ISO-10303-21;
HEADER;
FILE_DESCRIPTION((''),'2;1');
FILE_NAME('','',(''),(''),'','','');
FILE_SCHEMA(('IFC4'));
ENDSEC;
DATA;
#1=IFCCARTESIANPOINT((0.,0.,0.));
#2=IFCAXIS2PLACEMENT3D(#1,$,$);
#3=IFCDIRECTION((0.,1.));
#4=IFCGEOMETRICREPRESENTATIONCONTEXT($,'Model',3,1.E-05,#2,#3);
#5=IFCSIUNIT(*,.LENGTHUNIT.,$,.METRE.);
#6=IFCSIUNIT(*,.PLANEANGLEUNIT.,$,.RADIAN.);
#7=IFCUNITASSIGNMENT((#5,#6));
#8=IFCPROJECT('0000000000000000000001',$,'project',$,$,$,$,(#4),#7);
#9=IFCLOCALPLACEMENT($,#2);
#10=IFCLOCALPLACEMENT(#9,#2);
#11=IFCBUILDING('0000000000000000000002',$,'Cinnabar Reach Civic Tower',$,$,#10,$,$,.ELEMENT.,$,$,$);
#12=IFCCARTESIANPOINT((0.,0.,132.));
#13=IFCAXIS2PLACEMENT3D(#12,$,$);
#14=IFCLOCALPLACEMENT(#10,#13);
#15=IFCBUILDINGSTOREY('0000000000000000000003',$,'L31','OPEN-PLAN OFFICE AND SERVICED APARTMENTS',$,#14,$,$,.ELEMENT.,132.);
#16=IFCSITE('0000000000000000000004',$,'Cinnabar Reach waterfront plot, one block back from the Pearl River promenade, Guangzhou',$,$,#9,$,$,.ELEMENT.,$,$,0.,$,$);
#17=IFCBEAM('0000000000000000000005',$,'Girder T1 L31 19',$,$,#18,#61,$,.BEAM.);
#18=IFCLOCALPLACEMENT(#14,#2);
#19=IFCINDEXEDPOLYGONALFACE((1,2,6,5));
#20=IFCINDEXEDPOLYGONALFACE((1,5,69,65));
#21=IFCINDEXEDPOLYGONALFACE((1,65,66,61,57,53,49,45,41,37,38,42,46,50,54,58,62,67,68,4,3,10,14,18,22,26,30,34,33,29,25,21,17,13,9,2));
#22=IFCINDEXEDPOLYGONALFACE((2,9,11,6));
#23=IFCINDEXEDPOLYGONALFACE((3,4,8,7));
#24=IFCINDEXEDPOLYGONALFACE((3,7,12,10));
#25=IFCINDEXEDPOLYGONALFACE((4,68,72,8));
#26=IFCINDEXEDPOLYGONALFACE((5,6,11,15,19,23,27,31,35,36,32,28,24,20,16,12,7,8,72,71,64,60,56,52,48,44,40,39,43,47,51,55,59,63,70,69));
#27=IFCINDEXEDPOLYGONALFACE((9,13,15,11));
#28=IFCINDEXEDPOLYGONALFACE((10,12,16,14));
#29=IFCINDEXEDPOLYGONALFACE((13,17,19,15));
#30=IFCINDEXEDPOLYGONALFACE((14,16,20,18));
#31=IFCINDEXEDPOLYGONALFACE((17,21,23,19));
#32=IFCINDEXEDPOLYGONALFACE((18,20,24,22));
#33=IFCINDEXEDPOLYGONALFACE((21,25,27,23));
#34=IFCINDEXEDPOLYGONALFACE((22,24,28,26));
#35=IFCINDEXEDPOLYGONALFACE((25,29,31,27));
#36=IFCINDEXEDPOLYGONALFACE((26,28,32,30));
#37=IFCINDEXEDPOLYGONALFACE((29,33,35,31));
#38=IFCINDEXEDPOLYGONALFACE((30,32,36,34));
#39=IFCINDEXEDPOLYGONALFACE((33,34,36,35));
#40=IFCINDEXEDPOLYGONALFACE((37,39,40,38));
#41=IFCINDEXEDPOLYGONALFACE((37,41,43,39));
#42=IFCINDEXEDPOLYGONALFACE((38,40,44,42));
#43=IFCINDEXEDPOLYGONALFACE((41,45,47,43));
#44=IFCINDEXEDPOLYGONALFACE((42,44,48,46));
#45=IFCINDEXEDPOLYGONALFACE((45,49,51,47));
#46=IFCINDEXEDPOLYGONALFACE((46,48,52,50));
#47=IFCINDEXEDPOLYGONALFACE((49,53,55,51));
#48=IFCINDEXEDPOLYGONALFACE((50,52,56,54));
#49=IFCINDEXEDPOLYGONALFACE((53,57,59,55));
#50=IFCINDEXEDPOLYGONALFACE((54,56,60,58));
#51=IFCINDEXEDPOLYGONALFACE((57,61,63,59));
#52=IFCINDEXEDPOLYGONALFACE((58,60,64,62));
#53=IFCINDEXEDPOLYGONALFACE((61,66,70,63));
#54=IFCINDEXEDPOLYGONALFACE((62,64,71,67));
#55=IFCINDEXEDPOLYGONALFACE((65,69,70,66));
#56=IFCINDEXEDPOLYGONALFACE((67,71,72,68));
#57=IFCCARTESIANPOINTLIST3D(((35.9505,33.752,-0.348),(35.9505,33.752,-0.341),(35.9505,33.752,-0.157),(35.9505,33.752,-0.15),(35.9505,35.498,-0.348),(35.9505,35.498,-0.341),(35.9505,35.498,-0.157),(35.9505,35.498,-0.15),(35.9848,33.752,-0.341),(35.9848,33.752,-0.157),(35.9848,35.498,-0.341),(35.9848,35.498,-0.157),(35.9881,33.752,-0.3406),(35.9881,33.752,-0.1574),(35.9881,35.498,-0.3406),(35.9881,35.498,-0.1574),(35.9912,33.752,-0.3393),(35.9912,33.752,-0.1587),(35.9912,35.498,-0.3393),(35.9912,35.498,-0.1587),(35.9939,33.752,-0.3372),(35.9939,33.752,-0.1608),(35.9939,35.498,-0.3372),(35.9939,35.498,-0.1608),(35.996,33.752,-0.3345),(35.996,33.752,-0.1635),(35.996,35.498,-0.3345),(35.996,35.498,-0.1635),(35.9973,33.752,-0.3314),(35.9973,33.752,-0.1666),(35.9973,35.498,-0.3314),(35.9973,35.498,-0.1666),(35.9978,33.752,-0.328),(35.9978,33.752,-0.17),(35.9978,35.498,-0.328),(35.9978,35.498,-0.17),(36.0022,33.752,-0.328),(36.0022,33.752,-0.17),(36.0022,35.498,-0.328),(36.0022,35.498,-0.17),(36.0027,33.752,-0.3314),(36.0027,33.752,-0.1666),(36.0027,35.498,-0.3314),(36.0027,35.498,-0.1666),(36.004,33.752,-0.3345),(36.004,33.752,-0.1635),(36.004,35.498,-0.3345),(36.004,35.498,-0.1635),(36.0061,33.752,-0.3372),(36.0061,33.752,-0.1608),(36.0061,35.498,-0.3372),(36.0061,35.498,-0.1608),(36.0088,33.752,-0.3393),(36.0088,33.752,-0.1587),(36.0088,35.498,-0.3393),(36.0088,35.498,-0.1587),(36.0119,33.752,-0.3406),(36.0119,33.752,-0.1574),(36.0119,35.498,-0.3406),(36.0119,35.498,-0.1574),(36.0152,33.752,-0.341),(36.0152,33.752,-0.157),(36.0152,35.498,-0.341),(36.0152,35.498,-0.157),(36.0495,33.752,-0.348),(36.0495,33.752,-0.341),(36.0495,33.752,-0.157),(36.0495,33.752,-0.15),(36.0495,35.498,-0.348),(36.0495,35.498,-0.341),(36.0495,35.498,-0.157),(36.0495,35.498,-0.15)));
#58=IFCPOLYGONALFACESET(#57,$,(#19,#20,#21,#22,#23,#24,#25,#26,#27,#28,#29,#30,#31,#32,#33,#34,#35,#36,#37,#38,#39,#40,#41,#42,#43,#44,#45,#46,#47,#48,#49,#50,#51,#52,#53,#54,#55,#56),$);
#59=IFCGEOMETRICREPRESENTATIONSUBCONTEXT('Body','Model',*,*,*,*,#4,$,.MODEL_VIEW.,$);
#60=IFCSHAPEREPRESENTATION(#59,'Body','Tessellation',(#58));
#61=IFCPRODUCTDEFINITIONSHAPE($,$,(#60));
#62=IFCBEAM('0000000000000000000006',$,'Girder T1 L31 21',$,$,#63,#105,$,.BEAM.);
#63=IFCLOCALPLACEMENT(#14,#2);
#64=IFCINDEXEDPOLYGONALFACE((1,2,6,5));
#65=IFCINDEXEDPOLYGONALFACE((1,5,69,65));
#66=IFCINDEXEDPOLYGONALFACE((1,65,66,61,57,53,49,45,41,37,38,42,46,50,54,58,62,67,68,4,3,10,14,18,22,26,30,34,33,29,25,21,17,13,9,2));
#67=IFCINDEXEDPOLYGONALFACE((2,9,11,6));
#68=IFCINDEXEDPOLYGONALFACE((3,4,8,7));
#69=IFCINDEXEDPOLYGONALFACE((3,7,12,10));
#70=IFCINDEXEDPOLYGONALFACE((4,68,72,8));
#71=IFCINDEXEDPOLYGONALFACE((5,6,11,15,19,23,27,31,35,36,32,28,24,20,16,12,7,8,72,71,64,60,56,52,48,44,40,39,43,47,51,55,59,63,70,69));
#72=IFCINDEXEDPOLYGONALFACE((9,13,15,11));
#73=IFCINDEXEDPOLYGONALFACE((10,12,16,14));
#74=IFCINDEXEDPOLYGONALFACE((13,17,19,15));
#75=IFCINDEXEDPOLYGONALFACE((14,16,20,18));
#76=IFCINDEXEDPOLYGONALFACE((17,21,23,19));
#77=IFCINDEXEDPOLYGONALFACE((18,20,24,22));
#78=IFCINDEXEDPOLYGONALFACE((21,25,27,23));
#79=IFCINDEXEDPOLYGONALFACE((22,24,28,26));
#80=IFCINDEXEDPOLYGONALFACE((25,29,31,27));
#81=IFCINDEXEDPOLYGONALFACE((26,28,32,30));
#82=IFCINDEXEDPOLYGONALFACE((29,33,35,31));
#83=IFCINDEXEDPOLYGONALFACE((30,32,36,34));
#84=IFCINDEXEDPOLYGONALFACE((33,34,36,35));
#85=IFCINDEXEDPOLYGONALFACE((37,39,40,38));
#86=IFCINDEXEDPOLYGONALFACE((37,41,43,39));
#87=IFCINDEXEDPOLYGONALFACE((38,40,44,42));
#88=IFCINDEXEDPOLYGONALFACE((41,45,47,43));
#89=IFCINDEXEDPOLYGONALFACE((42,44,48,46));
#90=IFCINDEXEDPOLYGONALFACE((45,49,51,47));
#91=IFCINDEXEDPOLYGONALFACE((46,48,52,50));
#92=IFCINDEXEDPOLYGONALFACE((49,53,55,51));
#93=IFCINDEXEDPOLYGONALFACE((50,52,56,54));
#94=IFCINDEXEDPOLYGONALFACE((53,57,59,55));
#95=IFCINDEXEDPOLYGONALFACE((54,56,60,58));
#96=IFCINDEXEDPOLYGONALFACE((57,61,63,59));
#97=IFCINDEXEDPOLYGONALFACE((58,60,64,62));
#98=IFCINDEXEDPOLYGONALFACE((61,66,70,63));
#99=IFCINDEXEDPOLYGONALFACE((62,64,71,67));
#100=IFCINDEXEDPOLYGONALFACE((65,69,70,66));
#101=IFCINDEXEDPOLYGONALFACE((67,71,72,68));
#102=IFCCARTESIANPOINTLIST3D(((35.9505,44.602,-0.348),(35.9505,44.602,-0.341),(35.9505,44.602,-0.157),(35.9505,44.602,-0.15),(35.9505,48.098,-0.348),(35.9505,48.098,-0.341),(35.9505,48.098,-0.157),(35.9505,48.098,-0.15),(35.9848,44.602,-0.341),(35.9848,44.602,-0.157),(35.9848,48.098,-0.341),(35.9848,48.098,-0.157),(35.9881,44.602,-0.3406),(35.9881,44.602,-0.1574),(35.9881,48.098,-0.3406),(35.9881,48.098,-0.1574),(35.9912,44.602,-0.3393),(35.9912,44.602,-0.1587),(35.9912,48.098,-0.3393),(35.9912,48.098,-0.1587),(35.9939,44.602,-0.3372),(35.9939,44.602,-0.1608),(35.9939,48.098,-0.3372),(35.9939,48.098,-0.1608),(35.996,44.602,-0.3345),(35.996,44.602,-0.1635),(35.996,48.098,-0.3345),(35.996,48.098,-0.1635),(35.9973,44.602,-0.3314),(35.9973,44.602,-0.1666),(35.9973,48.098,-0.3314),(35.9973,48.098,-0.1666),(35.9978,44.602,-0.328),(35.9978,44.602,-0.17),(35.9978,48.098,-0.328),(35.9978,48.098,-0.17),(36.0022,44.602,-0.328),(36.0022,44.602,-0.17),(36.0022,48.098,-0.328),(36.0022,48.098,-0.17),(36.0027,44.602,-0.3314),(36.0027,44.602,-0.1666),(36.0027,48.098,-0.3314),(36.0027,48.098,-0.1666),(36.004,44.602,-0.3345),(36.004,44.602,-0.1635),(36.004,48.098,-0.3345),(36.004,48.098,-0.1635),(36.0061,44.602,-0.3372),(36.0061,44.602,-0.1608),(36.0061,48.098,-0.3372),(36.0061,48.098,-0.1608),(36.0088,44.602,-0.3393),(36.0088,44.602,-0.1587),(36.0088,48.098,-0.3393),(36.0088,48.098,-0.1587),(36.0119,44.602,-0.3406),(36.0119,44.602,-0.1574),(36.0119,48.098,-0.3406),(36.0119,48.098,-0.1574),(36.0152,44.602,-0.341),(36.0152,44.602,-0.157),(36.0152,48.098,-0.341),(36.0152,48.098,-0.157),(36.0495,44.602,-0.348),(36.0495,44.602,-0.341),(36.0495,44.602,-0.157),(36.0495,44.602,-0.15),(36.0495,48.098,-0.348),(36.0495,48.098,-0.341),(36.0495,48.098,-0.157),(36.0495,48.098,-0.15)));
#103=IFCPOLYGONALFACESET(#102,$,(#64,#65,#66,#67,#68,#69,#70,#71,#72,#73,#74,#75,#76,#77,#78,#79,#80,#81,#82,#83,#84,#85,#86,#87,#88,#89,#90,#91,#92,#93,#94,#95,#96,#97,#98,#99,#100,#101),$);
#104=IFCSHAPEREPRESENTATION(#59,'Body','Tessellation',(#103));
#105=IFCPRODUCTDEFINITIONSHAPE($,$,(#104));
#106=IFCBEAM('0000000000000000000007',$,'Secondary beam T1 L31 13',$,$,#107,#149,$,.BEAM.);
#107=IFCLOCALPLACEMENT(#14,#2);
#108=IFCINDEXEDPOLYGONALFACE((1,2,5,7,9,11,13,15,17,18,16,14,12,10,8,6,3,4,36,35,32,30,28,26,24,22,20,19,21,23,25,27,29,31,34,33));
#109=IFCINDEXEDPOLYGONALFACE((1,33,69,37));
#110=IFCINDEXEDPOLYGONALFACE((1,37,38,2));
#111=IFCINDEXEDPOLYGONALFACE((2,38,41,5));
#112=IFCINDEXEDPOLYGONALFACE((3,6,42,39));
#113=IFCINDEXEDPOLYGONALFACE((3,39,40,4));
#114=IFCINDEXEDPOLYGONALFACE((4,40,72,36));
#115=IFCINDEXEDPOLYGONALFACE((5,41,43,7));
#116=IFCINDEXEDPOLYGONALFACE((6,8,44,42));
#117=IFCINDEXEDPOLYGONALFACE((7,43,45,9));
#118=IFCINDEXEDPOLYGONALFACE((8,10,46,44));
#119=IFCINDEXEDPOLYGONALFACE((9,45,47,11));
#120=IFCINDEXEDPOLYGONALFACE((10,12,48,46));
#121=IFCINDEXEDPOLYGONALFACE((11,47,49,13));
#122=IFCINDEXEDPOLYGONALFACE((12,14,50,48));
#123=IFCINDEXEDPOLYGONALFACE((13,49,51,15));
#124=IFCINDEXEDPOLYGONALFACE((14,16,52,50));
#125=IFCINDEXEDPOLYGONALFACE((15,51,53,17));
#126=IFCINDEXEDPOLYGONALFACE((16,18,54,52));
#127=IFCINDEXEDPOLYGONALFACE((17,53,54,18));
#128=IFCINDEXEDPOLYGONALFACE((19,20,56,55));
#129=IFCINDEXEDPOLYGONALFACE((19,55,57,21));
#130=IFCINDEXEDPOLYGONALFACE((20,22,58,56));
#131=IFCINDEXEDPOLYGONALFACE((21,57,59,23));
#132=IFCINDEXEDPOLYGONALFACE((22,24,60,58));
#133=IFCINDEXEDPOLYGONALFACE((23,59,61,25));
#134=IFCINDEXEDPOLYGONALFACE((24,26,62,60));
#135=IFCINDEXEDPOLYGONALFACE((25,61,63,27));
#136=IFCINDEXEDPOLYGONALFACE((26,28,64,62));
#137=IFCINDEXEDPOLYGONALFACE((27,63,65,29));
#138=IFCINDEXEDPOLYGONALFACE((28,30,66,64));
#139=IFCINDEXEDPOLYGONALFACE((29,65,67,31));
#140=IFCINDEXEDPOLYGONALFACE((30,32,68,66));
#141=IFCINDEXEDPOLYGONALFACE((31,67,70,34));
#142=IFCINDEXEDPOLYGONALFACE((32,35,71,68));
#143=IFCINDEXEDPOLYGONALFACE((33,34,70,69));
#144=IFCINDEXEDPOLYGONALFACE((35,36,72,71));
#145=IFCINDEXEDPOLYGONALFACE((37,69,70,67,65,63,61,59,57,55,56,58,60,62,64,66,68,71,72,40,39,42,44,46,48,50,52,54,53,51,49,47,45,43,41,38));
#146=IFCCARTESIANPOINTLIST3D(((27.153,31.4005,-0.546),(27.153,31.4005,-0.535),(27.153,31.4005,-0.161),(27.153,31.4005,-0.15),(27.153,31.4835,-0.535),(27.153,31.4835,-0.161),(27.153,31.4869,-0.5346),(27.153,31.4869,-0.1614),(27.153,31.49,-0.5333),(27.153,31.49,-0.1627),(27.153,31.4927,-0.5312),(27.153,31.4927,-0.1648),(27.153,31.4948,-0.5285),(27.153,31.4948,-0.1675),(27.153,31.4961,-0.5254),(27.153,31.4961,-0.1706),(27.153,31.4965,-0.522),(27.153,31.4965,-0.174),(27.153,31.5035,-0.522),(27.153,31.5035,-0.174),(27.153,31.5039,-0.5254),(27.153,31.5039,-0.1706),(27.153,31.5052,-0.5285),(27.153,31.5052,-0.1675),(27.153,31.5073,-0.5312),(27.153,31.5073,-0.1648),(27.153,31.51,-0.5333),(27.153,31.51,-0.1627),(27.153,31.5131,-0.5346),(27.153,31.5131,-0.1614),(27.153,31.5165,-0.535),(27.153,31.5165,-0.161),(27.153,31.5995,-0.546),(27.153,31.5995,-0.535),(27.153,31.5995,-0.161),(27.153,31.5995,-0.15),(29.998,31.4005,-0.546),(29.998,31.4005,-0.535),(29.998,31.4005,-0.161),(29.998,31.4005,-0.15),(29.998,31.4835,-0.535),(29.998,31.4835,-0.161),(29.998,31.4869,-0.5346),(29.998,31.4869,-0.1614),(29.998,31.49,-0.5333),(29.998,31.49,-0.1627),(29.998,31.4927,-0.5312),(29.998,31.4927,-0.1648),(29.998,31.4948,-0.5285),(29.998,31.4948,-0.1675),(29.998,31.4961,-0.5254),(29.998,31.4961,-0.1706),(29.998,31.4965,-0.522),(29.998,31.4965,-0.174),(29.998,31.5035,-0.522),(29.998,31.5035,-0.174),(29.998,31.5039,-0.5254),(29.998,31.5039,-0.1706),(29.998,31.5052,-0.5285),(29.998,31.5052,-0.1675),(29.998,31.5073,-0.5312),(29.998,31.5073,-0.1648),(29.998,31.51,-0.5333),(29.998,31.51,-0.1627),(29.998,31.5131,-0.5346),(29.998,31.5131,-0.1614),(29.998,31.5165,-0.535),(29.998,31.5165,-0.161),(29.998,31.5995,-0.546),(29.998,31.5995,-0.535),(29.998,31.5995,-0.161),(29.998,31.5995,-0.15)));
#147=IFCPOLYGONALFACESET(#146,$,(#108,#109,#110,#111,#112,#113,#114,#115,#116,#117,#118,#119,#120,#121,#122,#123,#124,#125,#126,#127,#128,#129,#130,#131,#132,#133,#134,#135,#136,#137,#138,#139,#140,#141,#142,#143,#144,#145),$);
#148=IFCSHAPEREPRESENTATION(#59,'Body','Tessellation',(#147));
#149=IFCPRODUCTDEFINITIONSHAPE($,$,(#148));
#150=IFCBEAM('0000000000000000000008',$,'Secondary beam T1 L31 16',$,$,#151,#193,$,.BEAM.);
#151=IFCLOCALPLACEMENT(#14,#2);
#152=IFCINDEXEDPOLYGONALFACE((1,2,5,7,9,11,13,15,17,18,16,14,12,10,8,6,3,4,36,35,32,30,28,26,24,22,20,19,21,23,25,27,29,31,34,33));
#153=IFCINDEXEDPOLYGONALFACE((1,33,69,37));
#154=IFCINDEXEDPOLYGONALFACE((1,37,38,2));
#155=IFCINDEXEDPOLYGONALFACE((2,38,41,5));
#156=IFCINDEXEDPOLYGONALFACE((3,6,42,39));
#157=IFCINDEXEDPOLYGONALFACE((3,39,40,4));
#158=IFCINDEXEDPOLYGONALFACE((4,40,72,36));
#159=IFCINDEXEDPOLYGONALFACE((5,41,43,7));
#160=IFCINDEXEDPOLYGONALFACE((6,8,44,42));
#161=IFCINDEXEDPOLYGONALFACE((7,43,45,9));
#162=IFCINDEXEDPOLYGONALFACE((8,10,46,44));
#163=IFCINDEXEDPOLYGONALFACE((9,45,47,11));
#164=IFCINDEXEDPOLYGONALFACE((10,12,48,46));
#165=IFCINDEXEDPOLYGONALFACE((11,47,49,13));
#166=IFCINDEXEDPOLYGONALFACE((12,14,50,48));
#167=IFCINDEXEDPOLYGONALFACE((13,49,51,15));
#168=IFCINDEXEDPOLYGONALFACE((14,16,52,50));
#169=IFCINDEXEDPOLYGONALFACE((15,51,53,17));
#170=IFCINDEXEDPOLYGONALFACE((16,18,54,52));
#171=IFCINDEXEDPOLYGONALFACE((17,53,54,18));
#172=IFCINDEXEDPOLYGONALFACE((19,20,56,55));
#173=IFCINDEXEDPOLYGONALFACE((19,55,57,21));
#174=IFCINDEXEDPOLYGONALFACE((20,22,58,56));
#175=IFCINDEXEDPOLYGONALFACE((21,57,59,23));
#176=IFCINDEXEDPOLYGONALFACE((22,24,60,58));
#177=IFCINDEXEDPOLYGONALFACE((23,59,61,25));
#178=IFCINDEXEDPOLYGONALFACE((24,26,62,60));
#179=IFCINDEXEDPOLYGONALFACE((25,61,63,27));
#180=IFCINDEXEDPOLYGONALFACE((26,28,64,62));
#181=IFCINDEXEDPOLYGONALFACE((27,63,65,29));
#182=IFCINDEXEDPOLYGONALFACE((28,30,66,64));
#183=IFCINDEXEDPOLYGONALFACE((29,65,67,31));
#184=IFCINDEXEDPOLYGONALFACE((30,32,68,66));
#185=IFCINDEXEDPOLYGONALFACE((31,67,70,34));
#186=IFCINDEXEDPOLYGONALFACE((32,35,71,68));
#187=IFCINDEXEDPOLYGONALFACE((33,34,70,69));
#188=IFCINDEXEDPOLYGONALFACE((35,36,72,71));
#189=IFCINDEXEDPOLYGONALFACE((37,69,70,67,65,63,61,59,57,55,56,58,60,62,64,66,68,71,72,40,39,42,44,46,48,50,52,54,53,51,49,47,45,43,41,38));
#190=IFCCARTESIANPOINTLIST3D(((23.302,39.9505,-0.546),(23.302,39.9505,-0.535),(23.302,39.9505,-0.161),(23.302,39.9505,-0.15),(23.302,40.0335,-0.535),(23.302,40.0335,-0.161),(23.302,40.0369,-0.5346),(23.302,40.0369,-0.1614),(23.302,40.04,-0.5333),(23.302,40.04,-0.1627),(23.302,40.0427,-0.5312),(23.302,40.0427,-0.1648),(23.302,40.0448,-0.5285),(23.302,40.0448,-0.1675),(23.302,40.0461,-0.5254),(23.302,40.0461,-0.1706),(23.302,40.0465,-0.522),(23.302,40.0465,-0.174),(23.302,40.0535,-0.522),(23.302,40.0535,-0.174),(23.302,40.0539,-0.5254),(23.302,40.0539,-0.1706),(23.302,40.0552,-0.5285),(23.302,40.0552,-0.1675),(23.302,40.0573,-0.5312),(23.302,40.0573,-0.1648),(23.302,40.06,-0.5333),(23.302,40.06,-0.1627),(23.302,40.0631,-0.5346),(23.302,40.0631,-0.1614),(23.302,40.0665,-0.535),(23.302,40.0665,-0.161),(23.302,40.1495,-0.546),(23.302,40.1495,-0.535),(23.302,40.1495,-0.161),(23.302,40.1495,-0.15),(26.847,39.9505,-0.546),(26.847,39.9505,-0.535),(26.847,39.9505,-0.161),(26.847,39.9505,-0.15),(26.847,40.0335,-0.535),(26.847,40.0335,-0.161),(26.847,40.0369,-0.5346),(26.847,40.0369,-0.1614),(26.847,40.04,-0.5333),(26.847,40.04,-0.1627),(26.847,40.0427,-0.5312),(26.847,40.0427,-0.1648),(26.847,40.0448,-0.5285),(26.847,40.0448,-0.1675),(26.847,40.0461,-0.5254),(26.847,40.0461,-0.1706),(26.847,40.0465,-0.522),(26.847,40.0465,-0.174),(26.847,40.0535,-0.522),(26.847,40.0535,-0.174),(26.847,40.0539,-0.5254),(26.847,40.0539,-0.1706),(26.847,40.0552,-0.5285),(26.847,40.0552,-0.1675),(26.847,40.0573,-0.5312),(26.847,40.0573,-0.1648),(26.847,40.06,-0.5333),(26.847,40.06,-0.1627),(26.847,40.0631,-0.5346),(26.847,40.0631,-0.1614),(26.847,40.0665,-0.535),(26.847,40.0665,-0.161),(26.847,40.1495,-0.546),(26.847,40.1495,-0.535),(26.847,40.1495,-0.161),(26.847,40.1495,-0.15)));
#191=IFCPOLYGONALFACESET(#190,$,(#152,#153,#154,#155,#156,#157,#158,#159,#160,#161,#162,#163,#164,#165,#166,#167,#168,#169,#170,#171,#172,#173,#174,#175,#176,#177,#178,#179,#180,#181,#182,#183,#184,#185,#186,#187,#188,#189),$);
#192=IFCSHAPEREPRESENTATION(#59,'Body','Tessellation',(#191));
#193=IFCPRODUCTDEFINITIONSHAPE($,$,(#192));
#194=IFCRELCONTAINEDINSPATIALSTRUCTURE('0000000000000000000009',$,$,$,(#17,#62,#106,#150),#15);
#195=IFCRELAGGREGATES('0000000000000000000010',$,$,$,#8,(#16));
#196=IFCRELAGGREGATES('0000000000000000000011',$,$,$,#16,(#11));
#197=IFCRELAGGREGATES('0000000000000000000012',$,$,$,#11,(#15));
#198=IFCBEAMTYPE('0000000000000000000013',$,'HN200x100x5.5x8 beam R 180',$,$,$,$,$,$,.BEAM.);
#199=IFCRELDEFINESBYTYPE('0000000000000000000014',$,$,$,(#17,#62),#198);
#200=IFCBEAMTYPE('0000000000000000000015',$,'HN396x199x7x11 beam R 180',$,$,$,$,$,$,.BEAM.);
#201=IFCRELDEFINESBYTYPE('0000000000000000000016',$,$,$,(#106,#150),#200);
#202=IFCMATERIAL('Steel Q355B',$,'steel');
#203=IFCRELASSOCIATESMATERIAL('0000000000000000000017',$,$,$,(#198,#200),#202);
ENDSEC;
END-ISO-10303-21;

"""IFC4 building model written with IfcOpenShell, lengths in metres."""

from ifc_helpers import new_model, si_unit, direction, frame, origin, origin_2d, place, context, subcontext, project, spatial, i_section, extrude, material, material_profile, profile_set, type_object, element, save


model = new_model("IFC4")

# Units and contexts
model_context = context("Model", 3, precision=1e-05, world=origin(), true_north=direction((0.0, 1.0)))
body_context = subcontext(model_context, "Body", "Model", "MODEL_VIEW")
ifc_project = project(units=[si_unit("LENGTHUNIT", "METRE"), si_unit("PLANEANGLEUNIT", "RADIAN")], contexts=[model_context])

# Site, building, storey
site_placement = place(None, origin())
site = spatial("IfcSite", under=ifc_project, at=site_placement, Name="Cinnabar Reach waterfront plot, one block back from the Pearl River promenade, Guangzhou", CompositionType="ELEMENT", RefElevation=0.0)
building_placement = place(site_placement, origin())
building = spatial("IfcBuilding", under=site, at=building_placement, Name="Cinnabar Reach Civic Tower", CompositionType="ELEMENT")
storey_placement = place(building_placement, frame((0.0, 0.0, 132.0)))
storey = spatial("IfcBuildingStorey", under=building, at=storey_placement, Name="L31", Description="OPEN-PLAN OFFICE AND SERVICED APARTMENTS", CompositionType="ELEMENT", Elevation=132.0)

# Beams
ifc_material_1 = material(Name="Steel Q355B", Category="steel")
ifc_material_profile_1 = material_profile(ifc_material_1, i_section(OverallWidth=0.099, OverallDepth=0.198, WebThickness=0.0045, FlangeThickness=0.007, FilletRadius=0.013, at=origin_2d()), Name="HN200x100x5.5x8")
ifc_profile_set_1 = profile_set([ifc_material_profile_1], Name="Steel Q355B")
beam_type_1 = type_object("IfcBeamType", Name="HN200x100x5.5x8 beam R 180", PredefinedType="BEAM", material=ifc_profile_set_1)
beam_1_placement = place(storey_placement, frame((36.0, 33.752, -0.249), z_axis=(0.0, 1.0, 0.0), x_axis=(-1.0, 0.0, 0.0)))
element("IfcBeam", 1, at=beam_1_placement, inside=storey, type_object=beam_type_1, Name="Girder T1 L31 19", PredefinedType="BEAM", context=body_context, shape_type="SweptSolid", body=[
    extrude(i_section(OverallWidth=0.099, OverallDepth=0.198, WebThickness=0.0045, FlangeThickness=0.007, FilletRadius=0.013, at=origin_2d()), origin(), (0.0, 0.0, 1.0), 1.746),
])
beam_2_placement = place(storey_placement, frame((36.0, 44.602, -0.249), z_axis=(0.0, 1.0, 0.0), x_axis=(-1.0, 0.0, 0.0)))
element("IfcBeam", 2, at=beam_2_placement, inside=storey, type_object=beam_type_1, Name="Girder T1 L31 21", PredefinedType="BEAM", context=body_context, shape_type="SweptSolid", body=[
    extrude(i_section(OverallWidth=0.099, OverallDepth=0.198, WebThickness=0.0045, FlangeThickness=0.007, FilletRadius=0.013, at=origin_2d()), origin(), (0.0, 0.0, 1.0), 3.496),
])
ifc_material_profile_2 = material_profile(ifc_material_1, i_section(OverallWidth=0.199, OverallDepth=0.396, WebThickness=0.007, FlangeThickness=0.011, FilletRadius=0.013, at=origin_2d()), Name="HN396x199x7x11")
ifc_profile_set_2 = profile_set([ifc_material_profile_2], Name="Steel Q355B")
beam_type_2 = type_object("IfcBeamType", Name="HN396x199x7x11 beam R 180", PredefinedType="BEAM", material=ifc_profile_set_2)
beam_3_placement = place(storey_placement, frame((27.153, 31.5, -0.348), z_axis=(1.0, 0.0, 0.0), x_axis=(0.0, 1.0, 0.0)))
element("IfcBeam", 3, at=beam_3_placement, inside=storey, type_object=beam_type_2, Name="Secondary beam T1 L31 13", PredefinedType="BEAM", context=body_context, shape_type="SweptSolid", body=[
    extrude(i_section(OverallWidth=0.199, OverallDepth=0.396, WebThickness=0.007, FlangeThickness=0.011, FilletRadius=0.013, at=origin_2d()), origin(), (0.0, 0.0, 1.0), 2.845),
])
beam_4_placement = place(storey_placement, frame((23.302, 40.05, -0.348), z_axis=(1.0, 0.0, 0.0), x_axis=(0.0, 1.0, 0.0)))
element("IfcBeam", 4, at=beam_4_placement, inside=storey, type_object=beam_type_2, Name="Secondary beam T1 L31 16", PredefinedType="BEAM", context=body_context, shape_type="SweptSolid", body=[
    extrude(i_section(OverallWidth=0.199, OverallDepth=0.396, WebThickness=0.007, FlangeThickness=0.011, FilletRadius=0.013, at=origin_2d()), origin(), (0.0, 0.0, 1.0), 3.545),
])

save(model, "model.ifc")
